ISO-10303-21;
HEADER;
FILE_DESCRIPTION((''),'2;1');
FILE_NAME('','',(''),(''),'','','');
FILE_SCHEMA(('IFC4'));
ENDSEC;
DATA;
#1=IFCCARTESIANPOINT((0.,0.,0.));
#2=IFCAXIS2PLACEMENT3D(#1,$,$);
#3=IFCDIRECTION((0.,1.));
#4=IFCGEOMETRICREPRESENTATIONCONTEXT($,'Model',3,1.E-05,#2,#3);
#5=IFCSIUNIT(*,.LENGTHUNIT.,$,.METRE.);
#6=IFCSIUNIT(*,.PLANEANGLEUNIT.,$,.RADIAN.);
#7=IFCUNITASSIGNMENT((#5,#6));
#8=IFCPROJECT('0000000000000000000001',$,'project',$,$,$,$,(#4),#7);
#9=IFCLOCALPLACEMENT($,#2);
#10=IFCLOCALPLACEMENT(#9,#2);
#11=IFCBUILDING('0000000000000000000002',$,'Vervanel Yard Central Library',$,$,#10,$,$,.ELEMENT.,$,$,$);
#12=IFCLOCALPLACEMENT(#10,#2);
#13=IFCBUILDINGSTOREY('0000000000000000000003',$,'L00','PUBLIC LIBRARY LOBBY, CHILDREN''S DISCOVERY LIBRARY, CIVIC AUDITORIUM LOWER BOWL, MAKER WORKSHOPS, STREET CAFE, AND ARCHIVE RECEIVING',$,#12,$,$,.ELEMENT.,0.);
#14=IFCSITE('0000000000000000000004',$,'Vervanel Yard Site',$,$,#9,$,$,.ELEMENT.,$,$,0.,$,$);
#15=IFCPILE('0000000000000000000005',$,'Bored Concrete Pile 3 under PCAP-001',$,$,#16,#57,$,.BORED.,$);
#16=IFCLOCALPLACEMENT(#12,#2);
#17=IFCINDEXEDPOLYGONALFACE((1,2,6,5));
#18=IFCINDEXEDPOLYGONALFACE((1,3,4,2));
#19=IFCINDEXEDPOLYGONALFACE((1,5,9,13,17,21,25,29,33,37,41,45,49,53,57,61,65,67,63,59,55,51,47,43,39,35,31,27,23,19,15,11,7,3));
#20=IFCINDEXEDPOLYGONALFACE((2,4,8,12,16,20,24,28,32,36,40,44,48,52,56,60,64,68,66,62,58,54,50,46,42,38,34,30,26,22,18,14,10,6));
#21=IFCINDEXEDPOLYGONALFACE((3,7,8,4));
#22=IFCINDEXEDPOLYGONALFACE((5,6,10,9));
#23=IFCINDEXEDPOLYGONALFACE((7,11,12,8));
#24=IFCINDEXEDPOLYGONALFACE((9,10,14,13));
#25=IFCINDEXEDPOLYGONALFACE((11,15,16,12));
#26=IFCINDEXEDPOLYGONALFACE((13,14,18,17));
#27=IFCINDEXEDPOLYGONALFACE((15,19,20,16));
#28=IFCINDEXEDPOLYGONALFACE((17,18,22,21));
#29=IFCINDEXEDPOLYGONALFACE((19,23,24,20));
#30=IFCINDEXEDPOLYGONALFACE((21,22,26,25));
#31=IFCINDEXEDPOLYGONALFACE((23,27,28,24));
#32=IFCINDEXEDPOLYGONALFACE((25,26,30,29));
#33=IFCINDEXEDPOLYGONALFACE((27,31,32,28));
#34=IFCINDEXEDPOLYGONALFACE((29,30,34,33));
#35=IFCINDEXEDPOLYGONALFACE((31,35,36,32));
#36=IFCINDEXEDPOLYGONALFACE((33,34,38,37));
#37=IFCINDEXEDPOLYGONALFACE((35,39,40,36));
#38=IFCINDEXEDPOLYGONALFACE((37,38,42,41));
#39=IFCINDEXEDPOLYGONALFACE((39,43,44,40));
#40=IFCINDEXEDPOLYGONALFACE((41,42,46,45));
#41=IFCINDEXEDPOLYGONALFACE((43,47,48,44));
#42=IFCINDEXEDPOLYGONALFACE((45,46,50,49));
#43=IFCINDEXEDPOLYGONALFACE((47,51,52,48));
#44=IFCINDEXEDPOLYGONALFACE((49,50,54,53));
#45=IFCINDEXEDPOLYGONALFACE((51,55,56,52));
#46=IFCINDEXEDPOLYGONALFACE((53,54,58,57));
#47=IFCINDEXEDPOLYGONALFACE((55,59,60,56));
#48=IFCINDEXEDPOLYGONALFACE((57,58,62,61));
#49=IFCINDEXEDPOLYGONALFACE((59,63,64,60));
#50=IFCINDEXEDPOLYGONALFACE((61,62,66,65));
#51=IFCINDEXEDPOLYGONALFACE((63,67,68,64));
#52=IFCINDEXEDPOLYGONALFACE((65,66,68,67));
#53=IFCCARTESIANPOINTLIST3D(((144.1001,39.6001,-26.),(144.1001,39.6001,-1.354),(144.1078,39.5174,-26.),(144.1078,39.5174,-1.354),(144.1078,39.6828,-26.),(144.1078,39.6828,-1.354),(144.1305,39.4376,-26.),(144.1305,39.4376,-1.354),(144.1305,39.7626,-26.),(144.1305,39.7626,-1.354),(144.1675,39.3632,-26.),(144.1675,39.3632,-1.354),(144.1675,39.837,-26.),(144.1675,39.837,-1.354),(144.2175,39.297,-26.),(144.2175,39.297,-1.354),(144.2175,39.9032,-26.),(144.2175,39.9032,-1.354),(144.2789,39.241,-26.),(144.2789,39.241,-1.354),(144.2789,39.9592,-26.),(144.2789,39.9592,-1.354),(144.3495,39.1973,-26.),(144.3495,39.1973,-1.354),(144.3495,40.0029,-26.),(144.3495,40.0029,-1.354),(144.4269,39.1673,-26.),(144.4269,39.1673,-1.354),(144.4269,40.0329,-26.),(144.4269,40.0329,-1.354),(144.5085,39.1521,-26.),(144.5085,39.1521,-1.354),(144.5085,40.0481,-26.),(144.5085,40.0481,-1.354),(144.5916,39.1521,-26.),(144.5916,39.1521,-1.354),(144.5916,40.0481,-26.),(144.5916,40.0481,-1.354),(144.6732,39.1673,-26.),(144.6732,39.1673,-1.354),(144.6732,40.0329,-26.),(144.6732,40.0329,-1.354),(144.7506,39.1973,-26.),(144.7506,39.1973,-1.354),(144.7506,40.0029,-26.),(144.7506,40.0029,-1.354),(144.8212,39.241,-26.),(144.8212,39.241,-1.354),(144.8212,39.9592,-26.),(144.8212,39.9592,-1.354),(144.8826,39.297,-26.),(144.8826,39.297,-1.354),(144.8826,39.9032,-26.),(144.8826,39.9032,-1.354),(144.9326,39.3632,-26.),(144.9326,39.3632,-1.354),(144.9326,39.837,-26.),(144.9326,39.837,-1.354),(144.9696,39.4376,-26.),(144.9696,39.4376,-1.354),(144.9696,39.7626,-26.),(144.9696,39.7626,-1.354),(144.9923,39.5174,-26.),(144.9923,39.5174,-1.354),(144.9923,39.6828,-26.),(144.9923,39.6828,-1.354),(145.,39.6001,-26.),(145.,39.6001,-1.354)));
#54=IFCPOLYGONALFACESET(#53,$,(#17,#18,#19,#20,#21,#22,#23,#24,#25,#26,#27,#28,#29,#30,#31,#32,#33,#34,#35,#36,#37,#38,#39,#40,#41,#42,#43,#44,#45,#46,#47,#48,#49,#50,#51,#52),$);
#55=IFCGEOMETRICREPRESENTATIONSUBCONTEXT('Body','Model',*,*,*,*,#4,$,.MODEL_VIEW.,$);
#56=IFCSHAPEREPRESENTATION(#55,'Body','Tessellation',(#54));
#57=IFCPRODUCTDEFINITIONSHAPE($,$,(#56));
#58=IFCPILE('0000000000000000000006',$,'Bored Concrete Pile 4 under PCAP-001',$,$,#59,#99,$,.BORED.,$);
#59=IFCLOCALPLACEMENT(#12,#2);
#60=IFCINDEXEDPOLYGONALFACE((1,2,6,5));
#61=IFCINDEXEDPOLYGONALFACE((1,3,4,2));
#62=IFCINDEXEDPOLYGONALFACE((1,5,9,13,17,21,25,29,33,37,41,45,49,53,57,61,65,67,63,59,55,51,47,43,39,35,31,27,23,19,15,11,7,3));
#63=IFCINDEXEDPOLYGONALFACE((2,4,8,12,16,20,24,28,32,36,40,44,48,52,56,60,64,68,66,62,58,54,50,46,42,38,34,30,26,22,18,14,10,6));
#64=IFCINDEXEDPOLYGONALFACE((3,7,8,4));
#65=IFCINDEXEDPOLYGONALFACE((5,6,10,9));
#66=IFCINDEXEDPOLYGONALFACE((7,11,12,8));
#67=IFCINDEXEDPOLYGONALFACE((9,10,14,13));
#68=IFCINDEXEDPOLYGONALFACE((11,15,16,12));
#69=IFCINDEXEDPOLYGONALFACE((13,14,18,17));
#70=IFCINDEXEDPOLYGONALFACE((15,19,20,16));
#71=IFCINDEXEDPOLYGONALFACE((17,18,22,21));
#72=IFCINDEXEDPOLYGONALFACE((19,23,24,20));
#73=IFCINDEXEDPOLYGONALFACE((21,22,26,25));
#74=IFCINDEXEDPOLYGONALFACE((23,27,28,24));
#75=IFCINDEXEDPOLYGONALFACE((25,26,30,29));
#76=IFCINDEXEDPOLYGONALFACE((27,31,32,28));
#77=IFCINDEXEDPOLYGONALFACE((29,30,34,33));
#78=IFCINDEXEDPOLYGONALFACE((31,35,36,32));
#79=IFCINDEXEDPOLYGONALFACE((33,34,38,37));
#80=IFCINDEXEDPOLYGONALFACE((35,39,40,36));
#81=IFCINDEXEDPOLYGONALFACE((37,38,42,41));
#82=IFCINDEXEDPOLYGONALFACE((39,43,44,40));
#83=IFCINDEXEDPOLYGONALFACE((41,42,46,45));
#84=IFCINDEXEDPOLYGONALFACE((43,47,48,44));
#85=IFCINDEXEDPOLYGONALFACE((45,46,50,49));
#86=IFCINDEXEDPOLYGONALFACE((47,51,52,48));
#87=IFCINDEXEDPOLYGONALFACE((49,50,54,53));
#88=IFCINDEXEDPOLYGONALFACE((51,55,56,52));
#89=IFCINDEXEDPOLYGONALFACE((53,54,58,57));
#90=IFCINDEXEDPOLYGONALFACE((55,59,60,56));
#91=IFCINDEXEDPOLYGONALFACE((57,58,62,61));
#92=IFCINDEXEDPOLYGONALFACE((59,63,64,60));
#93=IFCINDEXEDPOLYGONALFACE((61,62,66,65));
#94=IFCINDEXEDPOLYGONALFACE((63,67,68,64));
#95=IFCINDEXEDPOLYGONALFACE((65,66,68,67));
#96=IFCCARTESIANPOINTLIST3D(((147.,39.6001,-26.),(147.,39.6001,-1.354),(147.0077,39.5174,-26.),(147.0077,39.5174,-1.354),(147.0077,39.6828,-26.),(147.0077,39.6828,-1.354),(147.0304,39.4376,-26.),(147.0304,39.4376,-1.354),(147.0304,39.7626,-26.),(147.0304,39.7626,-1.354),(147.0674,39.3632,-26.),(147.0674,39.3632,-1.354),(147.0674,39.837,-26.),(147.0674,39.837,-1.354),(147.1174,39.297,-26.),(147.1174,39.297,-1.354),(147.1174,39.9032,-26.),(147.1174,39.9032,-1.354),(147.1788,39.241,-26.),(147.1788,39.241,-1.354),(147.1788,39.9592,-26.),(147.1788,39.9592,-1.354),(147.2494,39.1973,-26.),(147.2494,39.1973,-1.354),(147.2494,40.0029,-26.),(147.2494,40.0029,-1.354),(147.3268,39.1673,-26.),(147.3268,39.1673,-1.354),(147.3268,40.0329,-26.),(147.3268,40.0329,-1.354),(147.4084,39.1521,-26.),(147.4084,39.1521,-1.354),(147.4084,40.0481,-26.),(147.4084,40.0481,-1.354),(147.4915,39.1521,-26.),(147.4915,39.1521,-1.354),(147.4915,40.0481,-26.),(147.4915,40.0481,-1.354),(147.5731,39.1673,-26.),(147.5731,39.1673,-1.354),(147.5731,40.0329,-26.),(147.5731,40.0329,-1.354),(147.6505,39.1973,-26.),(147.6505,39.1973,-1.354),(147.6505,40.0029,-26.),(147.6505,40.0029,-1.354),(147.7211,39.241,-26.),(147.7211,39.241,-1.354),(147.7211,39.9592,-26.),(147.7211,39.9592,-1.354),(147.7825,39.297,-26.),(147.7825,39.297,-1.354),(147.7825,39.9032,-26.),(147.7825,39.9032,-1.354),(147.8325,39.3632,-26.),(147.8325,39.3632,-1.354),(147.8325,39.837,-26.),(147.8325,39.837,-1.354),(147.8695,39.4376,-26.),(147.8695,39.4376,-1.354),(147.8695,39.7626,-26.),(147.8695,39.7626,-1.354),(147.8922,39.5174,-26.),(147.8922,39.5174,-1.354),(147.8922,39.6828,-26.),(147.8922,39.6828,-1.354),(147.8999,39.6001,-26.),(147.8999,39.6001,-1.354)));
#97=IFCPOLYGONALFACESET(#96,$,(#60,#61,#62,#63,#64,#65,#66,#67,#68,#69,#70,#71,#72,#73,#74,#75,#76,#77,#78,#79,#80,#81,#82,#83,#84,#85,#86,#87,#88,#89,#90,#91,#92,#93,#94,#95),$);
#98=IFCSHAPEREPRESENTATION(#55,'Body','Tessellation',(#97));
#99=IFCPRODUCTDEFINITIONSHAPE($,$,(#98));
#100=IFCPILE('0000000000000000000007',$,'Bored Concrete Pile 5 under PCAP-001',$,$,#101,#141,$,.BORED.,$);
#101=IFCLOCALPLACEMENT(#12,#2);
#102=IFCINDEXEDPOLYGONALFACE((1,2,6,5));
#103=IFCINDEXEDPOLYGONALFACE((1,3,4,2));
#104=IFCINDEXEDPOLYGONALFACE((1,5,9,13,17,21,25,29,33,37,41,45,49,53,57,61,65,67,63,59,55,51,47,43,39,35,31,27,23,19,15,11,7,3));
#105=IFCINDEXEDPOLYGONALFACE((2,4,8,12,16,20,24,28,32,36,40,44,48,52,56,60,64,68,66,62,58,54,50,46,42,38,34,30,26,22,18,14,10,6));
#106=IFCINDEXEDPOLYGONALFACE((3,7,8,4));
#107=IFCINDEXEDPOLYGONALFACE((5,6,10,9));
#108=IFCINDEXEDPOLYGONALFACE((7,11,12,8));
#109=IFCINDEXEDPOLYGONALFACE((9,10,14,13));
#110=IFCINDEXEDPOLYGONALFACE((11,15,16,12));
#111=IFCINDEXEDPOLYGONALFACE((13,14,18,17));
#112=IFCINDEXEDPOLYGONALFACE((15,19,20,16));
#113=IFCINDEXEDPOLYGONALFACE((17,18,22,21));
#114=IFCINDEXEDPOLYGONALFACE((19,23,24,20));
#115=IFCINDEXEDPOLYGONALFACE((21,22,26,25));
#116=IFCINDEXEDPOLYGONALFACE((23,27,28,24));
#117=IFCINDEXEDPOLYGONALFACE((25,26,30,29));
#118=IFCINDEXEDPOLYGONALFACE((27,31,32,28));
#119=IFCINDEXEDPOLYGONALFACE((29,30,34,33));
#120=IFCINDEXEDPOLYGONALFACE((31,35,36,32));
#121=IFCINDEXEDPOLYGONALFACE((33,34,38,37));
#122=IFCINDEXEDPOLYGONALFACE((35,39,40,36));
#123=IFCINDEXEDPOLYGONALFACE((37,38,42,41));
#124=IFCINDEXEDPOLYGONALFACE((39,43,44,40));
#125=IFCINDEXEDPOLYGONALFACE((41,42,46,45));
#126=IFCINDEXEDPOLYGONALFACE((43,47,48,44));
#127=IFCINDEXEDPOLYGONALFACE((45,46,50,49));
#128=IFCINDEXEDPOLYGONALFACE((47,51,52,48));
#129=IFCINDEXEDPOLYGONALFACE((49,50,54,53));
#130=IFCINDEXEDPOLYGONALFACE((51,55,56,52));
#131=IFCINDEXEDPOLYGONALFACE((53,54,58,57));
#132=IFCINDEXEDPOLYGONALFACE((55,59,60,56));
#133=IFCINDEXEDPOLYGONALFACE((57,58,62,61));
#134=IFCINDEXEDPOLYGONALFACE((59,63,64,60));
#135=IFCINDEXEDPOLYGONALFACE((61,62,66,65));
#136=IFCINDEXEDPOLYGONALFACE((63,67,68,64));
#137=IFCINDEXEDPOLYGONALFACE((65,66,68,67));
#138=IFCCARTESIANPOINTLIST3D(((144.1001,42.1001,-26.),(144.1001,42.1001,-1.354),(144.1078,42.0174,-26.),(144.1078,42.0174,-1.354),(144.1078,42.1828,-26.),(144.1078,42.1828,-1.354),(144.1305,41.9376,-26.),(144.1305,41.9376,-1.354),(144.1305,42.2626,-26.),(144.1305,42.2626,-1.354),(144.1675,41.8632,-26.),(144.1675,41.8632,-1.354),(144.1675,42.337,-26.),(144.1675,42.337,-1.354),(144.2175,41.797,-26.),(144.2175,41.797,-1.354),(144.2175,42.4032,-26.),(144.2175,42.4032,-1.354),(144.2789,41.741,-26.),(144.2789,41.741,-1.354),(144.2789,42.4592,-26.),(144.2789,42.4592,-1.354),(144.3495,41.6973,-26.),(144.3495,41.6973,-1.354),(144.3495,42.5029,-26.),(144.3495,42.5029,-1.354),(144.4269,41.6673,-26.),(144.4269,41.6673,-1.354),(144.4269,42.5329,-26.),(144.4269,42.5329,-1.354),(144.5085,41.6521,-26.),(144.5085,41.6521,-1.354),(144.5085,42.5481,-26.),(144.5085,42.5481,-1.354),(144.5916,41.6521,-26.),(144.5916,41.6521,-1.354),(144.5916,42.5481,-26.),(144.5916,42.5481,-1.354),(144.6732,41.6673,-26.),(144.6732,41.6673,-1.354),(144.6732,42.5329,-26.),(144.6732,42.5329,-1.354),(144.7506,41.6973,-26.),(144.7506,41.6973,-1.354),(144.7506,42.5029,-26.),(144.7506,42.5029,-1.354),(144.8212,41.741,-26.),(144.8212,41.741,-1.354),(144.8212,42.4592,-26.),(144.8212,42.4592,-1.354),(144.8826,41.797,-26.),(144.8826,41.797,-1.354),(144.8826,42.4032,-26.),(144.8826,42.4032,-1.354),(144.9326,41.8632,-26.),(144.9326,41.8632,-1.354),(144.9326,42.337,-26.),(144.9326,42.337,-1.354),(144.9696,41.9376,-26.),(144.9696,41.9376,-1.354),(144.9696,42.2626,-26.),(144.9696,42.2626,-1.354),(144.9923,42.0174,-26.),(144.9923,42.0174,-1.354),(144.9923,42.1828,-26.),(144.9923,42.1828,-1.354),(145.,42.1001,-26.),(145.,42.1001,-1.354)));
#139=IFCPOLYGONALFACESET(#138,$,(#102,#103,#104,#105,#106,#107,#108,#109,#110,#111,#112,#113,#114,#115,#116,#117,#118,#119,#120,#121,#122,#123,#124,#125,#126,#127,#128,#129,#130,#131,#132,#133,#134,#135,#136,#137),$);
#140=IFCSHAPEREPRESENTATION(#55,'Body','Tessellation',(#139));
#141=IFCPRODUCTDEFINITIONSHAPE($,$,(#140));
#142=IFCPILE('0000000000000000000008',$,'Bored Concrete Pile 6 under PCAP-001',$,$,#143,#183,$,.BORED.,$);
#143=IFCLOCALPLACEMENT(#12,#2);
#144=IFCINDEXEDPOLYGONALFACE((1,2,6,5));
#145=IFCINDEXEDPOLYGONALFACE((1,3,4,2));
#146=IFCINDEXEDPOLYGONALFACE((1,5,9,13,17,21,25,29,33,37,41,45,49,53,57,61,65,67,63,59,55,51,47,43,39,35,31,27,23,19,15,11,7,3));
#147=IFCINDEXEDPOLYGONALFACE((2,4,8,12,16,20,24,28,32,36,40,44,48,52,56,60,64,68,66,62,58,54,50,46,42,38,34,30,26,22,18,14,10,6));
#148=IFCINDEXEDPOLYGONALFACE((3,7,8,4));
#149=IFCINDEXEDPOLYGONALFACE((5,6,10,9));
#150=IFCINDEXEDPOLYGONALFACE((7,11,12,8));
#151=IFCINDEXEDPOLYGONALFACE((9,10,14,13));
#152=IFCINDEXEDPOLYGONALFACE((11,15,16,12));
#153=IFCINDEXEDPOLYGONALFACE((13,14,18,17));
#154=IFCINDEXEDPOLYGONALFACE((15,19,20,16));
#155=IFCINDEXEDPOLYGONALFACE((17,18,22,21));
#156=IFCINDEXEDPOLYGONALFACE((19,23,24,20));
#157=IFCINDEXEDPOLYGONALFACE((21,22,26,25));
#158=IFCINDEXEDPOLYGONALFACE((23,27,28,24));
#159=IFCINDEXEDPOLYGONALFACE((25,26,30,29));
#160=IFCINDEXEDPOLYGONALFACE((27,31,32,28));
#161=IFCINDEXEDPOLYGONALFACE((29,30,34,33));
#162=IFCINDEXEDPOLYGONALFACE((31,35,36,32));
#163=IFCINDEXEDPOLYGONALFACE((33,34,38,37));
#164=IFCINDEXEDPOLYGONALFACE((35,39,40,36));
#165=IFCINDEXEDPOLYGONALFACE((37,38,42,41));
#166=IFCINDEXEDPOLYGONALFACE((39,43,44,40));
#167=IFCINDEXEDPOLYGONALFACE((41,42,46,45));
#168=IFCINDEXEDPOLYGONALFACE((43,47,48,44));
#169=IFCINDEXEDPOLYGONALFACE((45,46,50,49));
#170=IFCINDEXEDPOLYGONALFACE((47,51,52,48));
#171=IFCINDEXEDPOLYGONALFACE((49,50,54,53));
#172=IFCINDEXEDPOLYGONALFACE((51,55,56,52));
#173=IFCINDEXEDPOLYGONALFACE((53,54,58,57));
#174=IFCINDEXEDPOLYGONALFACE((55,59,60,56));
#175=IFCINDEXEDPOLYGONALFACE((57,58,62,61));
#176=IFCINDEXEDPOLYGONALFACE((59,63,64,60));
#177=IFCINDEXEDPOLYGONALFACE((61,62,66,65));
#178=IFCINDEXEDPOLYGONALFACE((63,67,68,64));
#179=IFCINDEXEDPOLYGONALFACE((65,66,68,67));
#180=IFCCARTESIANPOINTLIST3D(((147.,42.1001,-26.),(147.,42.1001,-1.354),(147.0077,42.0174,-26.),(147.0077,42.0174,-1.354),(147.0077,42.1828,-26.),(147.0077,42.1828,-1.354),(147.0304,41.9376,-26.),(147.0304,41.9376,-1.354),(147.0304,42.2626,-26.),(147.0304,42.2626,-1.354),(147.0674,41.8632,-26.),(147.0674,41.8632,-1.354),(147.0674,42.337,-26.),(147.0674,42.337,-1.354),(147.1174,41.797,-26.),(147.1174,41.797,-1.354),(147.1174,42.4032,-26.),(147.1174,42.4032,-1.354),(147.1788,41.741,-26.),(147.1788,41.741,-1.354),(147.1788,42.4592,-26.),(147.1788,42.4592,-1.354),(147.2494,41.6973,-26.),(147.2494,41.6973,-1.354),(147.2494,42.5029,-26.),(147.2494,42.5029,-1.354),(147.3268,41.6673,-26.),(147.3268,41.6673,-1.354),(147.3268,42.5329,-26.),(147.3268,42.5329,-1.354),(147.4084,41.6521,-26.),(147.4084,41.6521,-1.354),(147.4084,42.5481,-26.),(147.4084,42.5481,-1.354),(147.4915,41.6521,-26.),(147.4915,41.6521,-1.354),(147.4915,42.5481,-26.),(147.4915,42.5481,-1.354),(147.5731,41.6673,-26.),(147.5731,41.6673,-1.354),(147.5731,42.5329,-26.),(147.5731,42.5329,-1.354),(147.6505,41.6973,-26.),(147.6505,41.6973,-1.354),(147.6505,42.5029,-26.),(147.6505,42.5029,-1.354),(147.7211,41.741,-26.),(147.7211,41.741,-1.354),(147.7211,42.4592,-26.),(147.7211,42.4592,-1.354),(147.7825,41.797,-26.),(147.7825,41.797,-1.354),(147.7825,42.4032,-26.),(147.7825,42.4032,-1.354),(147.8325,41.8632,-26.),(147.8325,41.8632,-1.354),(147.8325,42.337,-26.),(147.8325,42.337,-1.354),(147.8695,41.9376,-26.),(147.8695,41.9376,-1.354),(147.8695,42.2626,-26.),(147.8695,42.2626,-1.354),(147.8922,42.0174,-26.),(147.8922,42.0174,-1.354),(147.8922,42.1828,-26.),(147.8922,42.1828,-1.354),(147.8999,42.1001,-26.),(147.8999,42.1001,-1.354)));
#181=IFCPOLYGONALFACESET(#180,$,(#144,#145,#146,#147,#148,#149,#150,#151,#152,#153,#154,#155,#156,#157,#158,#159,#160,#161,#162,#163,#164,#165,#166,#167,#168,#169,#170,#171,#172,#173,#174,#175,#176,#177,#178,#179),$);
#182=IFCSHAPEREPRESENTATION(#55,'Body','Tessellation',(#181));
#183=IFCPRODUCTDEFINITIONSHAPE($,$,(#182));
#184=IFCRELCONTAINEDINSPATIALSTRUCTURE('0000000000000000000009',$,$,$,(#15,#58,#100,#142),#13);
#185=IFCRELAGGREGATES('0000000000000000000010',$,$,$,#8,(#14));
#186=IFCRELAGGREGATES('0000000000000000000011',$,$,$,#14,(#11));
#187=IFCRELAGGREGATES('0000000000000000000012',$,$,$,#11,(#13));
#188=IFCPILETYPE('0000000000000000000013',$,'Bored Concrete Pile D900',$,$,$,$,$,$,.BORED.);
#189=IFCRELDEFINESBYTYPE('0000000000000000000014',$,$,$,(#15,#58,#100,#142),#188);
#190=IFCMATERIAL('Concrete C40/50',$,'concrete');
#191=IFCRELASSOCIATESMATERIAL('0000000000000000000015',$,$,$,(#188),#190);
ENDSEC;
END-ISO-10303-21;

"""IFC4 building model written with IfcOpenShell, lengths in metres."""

from ifc_helpers import new_model, si_unit, direction, frame, origin, origin_2d, place, context, subcontext, project, spatial, circle, extrude, material, material_profile, profile_set, type_object, element, save


model = new_model("IFC4")

# Units and contexts
model_context = context("Model", 3, precision=1e-05, world=origin(), true_north=direction((0.0, 1.0)))
body_context = subcontext(model_context, "Body", "Model", "MODEL_VIEW")
ifc_project = project(units=[si_unit("LENGTHUNIT", "METRE"), si_unit("PLANEANGLEUNIT", "RADIAN")], contexts=[model_context])

# Site, building, storey
site_placement = place(None, origin())
site = spatial("IfcSite", under=ifc_project, at=site_placement, Name="Vervanel Yard Site", CompositionType="ELEMENT", RefElevation=0.0)
building_placement = place(site_placement, origin())
building = spatial("IfcBuilding", under=site, at=building_placement, Name="Vervanel Yard Central Library", CompositionType="ELEMENT")
storey_placement = place(building_placement, origin())
storey = spatial("IfcBuildingStorey", under=building, at=storey_placement, Name="L00", Description="PUBLIC LIBRARY LOBBY, CHILDREN'S DISCOVERY LIBRARY, CIVIC AUDITORIUM LOWER BOWL, MAKER WORKSHOPS, STREET CAFE, AND ARCHIVE RECEIVING", CompositionType="ELEMENT", Elevation=0.0)

# Piles
ifc_material_1 = material(Name="Concrete C40/50", Category="concrete")
ifc_material_profile_1 = material_profile(ifc_material_1, circle(Radius=0.45, at=origin_2d()), Name="BP D900", Category="concrete")
ifc_profile_set_1 = profile_set([ifc_material_profile_1], Name="Concrete C40/50")
pile_type = type_object("IfcPileType", Name="Bored Concrete Pile D900", PredefinedType="BORED", material=ifc_profile_set_1)
for number, where, z_axis, x_axis, name in (
    (1, (144.55, 39.6001, -1.354), (0.0, 0.0, -1.0), (1.0, 0.0, 0.0), "Bored Concrete Pile 3 under PCAP-001"),
    (2, (147.45, 39.6001, -1.354), (0.0, 0.0, -1.0), (1.0, 0.0, 0.0), "Bored Concrete Pile 4 under PCAP-001"),
    (3, (144.55, 42.1001, -1.354), (0.0, 0.0, -1.0), (1.0, 0.0, 0.0), "Bored Concrete Pile 5 under PCAP-001"),
    (4, (147.45, 42.1001, -1.354), (0.0, 0.0, -1.0), (1.0, 0.0, 0.0), "Bored Concrete Pile 6 under PCAP-001"),
):
    element("IfcPile", number, at=place(storey_placement, frame(where, z_axis=z_axis, x_axis=x_axis)), inside=storey, type_object=pile_type, Name=name, PredefinedType="BORED", context=body_context, shape_type="SweptSolid", body=[
        extrude(circle(Radius=0.45, at=origin_2d()), origin(), (0.0, 0.0, 1.0), 24.646),
    ])

save(model, "model.ifc")
